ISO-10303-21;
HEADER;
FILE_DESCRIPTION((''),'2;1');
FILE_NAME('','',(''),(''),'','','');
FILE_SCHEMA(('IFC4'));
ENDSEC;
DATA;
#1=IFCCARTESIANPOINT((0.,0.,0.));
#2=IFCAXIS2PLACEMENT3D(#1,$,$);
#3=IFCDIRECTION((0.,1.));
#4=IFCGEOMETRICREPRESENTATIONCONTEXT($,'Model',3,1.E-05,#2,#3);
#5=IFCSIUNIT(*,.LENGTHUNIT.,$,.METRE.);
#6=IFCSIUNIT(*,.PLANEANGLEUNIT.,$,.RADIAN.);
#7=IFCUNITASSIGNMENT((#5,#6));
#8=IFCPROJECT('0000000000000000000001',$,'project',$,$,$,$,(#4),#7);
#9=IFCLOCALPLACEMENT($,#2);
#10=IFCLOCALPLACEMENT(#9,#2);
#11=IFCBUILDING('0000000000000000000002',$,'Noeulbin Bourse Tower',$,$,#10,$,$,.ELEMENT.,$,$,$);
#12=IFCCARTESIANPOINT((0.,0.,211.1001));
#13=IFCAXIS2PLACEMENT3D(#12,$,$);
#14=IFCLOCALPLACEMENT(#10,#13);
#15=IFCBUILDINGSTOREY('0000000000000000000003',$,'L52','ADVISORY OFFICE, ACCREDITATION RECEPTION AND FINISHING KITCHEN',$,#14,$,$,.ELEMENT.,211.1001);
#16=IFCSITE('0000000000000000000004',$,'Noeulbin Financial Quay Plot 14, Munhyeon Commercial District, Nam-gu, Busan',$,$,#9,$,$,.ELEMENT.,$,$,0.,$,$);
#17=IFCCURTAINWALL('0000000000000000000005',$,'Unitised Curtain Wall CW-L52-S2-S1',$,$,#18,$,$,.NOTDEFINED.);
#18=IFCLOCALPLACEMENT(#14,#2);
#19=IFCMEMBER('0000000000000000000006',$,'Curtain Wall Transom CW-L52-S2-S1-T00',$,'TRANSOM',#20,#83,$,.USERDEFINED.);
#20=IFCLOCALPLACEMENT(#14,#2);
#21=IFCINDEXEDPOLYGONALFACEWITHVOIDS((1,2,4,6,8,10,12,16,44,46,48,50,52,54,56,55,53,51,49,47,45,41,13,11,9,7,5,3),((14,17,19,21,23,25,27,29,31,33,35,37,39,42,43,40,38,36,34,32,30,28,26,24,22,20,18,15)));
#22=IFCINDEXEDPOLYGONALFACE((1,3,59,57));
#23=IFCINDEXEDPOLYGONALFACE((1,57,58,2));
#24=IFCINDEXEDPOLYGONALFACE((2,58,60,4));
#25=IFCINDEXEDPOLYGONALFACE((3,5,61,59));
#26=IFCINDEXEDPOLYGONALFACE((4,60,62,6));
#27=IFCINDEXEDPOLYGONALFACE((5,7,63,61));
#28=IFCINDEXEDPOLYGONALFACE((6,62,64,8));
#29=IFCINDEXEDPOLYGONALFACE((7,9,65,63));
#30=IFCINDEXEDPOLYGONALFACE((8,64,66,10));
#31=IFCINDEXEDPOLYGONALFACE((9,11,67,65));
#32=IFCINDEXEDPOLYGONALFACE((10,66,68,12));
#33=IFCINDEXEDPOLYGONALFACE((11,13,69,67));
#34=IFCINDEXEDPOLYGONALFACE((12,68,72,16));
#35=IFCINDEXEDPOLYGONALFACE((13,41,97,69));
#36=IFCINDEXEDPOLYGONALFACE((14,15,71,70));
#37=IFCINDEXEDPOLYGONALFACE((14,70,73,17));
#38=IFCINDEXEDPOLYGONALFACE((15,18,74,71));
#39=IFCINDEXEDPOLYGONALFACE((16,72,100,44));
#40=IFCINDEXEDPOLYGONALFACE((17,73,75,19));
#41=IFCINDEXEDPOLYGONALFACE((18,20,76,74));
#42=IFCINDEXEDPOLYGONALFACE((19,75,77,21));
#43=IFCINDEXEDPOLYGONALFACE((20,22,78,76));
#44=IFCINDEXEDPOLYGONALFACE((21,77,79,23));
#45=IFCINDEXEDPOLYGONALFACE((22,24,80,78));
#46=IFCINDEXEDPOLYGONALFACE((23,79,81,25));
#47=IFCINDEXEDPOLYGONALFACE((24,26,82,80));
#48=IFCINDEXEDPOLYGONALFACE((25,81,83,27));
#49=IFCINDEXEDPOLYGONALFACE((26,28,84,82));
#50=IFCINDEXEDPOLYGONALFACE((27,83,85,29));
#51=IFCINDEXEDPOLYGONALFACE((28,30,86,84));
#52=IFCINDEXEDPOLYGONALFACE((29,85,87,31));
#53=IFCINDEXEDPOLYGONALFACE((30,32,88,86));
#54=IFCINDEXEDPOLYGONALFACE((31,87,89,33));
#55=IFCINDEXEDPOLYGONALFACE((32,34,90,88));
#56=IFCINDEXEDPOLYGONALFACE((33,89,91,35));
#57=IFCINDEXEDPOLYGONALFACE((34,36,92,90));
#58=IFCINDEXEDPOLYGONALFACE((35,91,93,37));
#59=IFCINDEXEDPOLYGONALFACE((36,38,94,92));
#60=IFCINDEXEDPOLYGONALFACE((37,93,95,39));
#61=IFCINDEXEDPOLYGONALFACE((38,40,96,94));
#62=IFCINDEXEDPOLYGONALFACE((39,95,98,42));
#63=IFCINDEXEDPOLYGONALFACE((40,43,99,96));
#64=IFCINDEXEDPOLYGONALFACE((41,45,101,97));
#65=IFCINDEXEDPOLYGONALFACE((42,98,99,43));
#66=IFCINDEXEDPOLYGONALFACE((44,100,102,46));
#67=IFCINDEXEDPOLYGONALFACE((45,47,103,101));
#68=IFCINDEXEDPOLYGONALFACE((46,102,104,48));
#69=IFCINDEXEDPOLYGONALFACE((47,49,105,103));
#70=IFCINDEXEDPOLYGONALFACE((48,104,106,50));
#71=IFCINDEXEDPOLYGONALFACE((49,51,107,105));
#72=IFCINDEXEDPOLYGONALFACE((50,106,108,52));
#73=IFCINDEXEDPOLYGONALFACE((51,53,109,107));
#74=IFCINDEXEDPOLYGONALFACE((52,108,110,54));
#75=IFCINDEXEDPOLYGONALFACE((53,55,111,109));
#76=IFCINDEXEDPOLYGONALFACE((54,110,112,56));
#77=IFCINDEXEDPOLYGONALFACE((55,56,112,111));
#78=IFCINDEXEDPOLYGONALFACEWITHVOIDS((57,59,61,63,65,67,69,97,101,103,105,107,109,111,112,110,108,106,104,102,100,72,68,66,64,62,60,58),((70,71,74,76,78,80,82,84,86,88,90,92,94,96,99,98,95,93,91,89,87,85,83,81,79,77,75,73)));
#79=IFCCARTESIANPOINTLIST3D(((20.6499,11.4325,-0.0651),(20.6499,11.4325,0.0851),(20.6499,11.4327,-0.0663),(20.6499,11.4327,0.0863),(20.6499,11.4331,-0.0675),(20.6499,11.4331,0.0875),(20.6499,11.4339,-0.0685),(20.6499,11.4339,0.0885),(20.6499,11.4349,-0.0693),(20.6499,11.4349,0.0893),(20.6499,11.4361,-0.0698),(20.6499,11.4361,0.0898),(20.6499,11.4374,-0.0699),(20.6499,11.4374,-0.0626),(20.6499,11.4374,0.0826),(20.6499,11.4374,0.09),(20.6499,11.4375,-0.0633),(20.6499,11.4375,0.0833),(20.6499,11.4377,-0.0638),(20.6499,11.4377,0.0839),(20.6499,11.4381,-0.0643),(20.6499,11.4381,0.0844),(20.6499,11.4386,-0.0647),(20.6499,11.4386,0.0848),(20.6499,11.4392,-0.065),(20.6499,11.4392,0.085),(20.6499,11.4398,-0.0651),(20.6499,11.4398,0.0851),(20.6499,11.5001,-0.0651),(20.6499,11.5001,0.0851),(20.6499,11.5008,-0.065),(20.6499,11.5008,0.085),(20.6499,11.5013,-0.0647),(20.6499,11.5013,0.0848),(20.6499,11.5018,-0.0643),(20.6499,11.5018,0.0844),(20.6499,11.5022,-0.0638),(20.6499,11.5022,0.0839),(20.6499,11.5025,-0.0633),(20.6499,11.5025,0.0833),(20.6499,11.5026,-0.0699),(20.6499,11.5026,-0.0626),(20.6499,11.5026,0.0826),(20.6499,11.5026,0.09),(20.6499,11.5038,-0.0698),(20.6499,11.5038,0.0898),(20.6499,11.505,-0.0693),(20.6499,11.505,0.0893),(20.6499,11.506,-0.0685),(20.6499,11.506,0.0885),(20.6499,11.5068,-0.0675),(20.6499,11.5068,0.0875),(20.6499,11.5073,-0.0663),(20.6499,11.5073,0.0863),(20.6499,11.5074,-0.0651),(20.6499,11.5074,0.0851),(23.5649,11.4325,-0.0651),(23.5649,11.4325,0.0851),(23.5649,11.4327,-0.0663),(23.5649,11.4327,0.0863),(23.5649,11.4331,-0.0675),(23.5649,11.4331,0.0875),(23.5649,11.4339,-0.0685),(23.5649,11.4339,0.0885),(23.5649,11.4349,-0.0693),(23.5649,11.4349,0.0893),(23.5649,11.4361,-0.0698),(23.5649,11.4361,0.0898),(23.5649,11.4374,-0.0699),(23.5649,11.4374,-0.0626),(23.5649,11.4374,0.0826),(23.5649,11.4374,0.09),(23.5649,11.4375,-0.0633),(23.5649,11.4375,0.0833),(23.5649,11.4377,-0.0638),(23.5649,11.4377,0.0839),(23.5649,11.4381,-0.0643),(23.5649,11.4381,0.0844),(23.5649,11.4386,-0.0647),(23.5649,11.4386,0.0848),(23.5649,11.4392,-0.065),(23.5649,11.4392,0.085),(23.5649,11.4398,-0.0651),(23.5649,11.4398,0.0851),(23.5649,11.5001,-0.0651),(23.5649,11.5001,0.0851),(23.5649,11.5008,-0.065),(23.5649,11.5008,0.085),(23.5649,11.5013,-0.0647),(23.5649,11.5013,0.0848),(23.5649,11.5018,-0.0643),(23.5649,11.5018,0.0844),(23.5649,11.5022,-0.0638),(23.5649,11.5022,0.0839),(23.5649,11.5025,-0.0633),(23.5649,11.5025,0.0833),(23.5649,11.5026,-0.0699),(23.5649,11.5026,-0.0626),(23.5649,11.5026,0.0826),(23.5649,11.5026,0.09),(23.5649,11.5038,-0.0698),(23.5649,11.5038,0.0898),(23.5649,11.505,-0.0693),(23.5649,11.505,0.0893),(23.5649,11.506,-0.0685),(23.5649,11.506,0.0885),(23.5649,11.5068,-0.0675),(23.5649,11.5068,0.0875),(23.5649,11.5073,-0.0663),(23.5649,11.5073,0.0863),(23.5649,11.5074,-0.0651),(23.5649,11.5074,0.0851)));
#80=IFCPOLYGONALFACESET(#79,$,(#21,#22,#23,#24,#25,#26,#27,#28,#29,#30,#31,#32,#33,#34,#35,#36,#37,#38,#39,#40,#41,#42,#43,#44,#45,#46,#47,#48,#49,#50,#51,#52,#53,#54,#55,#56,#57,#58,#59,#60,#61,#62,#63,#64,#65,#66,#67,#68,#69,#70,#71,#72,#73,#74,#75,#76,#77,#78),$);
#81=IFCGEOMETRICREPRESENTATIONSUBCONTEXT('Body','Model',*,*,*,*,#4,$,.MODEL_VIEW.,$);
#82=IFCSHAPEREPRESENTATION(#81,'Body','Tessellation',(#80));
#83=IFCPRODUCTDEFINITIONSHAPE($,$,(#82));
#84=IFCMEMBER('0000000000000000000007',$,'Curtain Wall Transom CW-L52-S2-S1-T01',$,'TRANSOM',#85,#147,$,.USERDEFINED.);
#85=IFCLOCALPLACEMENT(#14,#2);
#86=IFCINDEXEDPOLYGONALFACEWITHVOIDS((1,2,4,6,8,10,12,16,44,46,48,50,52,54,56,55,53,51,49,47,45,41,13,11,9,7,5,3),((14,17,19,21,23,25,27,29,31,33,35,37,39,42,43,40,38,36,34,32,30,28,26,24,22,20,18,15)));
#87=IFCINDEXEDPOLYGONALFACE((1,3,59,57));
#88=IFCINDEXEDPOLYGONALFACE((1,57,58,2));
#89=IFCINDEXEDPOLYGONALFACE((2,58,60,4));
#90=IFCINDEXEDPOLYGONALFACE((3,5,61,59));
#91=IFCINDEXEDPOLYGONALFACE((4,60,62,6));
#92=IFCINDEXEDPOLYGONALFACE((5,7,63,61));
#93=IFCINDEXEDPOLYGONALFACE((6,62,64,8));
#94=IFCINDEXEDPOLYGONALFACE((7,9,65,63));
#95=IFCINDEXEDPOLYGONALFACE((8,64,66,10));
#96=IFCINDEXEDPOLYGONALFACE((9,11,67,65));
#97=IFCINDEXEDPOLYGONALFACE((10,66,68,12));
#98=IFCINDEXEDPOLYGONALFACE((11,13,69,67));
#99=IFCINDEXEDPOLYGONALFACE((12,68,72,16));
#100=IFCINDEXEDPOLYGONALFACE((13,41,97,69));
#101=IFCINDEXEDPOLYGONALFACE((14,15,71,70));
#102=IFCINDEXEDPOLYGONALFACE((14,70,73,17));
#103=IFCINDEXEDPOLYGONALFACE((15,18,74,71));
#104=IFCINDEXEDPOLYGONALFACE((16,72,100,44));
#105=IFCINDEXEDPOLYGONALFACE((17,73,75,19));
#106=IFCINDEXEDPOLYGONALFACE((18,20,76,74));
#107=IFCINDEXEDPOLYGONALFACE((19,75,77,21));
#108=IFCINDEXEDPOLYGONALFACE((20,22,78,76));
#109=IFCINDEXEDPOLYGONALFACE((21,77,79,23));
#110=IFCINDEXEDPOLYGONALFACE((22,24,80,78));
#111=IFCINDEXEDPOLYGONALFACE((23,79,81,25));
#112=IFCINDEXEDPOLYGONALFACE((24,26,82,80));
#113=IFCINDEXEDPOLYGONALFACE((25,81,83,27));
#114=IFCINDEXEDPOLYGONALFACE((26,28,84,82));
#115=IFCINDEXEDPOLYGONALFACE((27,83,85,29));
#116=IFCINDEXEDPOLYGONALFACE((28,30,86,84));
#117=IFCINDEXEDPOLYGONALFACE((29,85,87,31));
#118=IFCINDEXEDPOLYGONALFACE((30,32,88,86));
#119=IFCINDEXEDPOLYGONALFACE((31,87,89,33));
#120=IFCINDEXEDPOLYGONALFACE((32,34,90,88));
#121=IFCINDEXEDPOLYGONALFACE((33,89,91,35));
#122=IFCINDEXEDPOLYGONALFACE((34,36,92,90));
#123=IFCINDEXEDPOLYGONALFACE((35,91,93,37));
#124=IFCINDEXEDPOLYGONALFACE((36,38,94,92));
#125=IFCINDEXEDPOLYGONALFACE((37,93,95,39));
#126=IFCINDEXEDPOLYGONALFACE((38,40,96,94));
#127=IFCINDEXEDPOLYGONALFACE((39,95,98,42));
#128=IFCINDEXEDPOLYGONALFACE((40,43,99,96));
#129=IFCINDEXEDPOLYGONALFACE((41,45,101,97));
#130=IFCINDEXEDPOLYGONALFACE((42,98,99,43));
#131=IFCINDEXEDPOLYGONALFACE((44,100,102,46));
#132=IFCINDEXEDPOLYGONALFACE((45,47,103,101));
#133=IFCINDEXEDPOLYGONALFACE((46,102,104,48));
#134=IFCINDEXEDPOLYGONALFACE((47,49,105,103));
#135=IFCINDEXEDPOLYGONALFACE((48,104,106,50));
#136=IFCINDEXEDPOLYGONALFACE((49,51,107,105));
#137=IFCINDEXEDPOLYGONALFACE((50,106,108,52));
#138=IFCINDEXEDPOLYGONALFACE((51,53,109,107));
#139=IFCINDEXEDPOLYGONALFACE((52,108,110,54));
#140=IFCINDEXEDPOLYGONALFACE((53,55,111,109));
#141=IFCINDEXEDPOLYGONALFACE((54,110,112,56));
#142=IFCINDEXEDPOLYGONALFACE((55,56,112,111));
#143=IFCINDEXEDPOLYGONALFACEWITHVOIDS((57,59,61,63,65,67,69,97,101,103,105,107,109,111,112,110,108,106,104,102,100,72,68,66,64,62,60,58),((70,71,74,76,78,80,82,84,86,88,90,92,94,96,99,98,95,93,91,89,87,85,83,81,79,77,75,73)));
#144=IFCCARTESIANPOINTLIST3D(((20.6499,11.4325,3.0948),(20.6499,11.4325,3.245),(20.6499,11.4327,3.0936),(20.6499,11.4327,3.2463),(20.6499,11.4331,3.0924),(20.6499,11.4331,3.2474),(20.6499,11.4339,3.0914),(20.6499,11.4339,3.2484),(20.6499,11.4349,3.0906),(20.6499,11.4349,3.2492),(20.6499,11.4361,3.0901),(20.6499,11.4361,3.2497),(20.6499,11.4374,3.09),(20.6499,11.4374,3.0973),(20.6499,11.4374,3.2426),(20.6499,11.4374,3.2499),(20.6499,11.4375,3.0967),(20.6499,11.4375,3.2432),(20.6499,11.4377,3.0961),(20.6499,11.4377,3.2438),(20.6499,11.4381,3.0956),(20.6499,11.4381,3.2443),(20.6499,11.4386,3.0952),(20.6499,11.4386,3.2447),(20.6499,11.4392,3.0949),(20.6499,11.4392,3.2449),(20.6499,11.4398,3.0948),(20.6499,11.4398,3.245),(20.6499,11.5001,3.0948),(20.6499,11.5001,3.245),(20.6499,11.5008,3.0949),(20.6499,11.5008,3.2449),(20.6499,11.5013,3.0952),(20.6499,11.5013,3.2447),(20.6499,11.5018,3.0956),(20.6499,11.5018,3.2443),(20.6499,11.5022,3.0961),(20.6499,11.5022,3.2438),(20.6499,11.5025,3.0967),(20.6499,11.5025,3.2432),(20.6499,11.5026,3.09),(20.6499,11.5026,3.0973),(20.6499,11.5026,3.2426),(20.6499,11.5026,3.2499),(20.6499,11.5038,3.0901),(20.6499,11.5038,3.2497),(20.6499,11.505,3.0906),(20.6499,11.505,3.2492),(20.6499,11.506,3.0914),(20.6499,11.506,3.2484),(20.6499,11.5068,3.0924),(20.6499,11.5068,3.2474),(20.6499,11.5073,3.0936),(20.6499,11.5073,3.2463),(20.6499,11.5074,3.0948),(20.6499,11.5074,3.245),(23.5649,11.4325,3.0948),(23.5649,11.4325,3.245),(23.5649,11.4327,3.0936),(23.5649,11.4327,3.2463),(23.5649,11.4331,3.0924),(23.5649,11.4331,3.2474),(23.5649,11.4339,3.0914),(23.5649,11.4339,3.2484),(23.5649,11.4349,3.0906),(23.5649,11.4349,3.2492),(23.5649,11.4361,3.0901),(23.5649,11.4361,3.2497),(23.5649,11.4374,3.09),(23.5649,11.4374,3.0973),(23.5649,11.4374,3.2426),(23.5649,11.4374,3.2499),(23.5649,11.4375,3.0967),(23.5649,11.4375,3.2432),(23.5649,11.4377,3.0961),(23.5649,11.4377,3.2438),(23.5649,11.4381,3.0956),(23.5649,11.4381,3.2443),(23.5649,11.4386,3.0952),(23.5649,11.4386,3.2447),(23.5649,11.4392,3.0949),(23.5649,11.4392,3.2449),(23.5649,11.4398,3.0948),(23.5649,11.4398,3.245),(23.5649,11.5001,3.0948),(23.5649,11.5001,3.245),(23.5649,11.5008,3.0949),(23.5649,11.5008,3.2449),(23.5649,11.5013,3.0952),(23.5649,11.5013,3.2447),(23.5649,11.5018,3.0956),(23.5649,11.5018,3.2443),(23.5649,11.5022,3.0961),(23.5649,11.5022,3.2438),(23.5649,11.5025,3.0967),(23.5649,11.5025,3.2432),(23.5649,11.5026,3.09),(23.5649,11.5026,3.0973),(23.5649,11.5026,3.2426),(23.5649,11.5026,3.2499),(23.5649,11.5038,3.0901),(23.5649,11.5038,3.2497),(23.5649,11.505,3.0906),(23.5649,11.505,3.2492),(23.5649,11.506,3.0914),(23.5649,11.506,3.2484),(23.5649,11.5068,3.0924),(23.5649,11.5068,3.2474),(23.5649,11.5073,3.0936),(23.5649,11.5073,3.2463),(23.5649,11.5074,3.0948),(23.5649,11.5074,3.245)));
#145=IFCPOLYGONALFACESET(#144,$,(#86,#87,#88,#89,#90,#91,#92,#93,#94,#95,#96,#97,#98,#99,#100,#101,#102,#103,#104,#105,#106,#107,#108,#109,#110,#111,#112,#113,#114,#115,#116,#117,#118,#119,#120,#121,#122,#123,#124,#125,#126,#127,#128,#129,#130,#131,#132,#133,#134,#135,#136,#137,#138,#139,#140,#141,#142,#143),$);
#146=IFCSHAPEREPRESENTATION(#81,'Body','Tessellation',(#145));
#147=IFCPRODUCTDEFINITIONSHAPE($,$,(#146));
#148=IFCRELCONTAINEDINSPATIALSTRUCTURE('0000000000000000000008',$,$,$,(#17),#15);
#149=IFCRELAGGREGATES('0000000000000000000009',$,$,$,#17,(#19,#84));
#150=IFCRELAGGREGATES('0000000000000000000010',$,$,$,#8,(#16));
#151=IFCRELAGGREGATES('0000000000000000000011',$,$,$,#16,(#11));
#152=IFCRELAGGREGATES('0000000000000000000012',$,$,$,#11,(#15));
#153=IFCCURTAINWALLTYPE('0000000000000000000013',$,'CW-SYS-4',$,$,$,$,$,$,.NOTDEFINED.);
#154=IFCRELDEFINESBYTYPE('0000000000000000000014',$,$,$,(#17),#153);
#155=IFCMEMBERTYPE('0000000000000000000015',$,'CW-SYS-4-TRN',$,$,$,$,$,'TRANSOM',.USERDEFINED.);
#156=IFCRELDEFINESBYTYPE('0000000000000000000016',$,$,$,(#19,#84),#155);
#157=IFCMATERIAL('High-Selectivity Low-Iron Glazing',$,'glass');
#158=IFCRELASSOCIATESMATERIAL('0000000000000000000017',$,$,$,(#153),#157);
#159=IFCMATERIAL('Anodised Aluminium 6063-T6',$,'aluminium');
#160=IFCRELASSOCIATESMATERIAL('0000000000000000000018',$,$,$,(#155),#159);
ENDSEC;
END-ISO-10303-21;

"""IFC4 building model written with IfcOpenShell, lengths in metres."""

from ifc_helpers import new_model, si_unit, direction, frame, origin, origin_2d, place, context, subcontext, project, spatial, hollow_rectangle, extrude, material, material_profile, profile_set, type_object, element, aggregate, save


model = new_model("IFC4")

# Units and contexts
model_context = context("Model", 3, precision=1e-05, world=origin(), true_north=direction((0.0, 1.0)))
body_context = subcontext(model_context, "Body", "Model", "MODEL_VIEW")
ifc_project = project(units=[si_unit("LENGTHUNIT", "METRE"), si_unit("PLANEANGLEUNIT", "RADIAN")], contexts=[model_context])

# Site, building, storey
site_placement = place(None, origin())
site = spatial("IfcSite", under=ifc_project, at=site_placement, Name="Noeulbin Financial Quay Plot 14, Munhyeon Commercial District, Nam-gu, Busan", CompositionType="ELEMENT", RefElevation=0.0)
building_placement = place(site_placement, origin())
building = spatial("IfcBuilding", under=site, at=building_placement, Name="Noeulbin Bourse Tower", CompositionType="ELEMENT")
storey_placement = place(building_placement, frame((0.0, 0.0, 211.1001)))
storey = spatial("IfcBuildingStorey", under=building, at=storey_placement, Name="L52", Description="ADVISORY OFFICE, ACCREDITATION RECEPTION AND FINISHING KITCHEN", CompositionType="ELEMENT", Elevation=211.1001)

# Curtain wall
ifc_material_1 = material(Name="High-Selectivity Low-Iron Glazing", Category="glass")
curtain_wall_type = type_object("IfcCurtainWallType", Name="CW-SYS-4", PredefinedType="NOTDEFINED", material=ifc_material_1)
ifc_material_2 = material(Name="Anodised Aluminium 6063-T6", Category="aluminium")
curtain_wall_1_placement = place(storey_placement, origin())
curtain_wall_1 = element("IfcCurtainWall", 1, at=curtain_wall_1_placement, inside=storey, type_object=curtain_wall_type, Name="Unitised Curtain Wall CW-L52-S2-S1", PredefinedType="NOTDEFINED")

# Members
ifc_material_profile_1 = material_profile(ifc_material_2, hollow_rectangle(XDim=0.075, YDim=0.1599, WallThickness=0.0049, InnerFilletRadius=0.0024, OuterFilletRadius=0.0049, at=origin_2d()), Name="ALU-TRAN-75x160x5", Category="LoadBearing")
ifc_profile_set_1 = profile_set([ifc_material_profile_1], Name="Anodised Aluminium 6063-T6")
member_type_1 = type_object("IfcMemberType", Name="CW-SYS-4-TRN", ElementType="TRANSOM", PredefinedType="USERDEFINED", material=ifc_profile_set_1)
member_1_placement = place(storey_placement, frame((20.6499, 11.47, 0.01), z_axis=(1.0, 0.0, 0.0), x_axis=(0.0, 1.0, 0.0)))
member_1 = element("IfcMember", 2, at=member_1_placement, type_object=member_type_1, Name="Curtain Wall Transom CW-L52-S2-S1-T00", ObjectType="TRANSOM", PredefinedType="USERDEFINED", context=body_context, shape_type="SweptSolid", body=[
    extrude(hollow_rectangle(XDim=0.075, YDim=0.1599, WallThickness=0.0049, InnerFilletRadius=0.0024, OuterFilletRadius=0.0049, at=origin_2d()), origin(), (0.0, 0.0, 1.0), 2.915),
])
member_2_placement = place(storey_placement, frame((20.6499, 11.47, 3.1699), z_axis=(1.0, 0.0, 0.0), x_axis=(0.0, 1.0, 0.0)))
member_2 = element("IfcMember", 3, at=member_2_placement, type_object=member_type_1, Name="Curtain Wall Transom CW-L52-S2-S1-T01", ObjectType="TRANSOM", PredefinedType="USERDEFINED", context=body_context, shape_type="SweptSolid", body=[
    extrude(hollow_rectangle(XDim=0.075, YDim=0.1599, WallThickness=0.0049, InnerFilletRadius=0.0024, OuterFilletRadius=0.0049, at=origin_2d()), origin(), (0.0, 0.0, 1.0), 2.915),
])

aggregate(curtain_wall_1, [member_1, member_2])

save(model, "model.ifc")
